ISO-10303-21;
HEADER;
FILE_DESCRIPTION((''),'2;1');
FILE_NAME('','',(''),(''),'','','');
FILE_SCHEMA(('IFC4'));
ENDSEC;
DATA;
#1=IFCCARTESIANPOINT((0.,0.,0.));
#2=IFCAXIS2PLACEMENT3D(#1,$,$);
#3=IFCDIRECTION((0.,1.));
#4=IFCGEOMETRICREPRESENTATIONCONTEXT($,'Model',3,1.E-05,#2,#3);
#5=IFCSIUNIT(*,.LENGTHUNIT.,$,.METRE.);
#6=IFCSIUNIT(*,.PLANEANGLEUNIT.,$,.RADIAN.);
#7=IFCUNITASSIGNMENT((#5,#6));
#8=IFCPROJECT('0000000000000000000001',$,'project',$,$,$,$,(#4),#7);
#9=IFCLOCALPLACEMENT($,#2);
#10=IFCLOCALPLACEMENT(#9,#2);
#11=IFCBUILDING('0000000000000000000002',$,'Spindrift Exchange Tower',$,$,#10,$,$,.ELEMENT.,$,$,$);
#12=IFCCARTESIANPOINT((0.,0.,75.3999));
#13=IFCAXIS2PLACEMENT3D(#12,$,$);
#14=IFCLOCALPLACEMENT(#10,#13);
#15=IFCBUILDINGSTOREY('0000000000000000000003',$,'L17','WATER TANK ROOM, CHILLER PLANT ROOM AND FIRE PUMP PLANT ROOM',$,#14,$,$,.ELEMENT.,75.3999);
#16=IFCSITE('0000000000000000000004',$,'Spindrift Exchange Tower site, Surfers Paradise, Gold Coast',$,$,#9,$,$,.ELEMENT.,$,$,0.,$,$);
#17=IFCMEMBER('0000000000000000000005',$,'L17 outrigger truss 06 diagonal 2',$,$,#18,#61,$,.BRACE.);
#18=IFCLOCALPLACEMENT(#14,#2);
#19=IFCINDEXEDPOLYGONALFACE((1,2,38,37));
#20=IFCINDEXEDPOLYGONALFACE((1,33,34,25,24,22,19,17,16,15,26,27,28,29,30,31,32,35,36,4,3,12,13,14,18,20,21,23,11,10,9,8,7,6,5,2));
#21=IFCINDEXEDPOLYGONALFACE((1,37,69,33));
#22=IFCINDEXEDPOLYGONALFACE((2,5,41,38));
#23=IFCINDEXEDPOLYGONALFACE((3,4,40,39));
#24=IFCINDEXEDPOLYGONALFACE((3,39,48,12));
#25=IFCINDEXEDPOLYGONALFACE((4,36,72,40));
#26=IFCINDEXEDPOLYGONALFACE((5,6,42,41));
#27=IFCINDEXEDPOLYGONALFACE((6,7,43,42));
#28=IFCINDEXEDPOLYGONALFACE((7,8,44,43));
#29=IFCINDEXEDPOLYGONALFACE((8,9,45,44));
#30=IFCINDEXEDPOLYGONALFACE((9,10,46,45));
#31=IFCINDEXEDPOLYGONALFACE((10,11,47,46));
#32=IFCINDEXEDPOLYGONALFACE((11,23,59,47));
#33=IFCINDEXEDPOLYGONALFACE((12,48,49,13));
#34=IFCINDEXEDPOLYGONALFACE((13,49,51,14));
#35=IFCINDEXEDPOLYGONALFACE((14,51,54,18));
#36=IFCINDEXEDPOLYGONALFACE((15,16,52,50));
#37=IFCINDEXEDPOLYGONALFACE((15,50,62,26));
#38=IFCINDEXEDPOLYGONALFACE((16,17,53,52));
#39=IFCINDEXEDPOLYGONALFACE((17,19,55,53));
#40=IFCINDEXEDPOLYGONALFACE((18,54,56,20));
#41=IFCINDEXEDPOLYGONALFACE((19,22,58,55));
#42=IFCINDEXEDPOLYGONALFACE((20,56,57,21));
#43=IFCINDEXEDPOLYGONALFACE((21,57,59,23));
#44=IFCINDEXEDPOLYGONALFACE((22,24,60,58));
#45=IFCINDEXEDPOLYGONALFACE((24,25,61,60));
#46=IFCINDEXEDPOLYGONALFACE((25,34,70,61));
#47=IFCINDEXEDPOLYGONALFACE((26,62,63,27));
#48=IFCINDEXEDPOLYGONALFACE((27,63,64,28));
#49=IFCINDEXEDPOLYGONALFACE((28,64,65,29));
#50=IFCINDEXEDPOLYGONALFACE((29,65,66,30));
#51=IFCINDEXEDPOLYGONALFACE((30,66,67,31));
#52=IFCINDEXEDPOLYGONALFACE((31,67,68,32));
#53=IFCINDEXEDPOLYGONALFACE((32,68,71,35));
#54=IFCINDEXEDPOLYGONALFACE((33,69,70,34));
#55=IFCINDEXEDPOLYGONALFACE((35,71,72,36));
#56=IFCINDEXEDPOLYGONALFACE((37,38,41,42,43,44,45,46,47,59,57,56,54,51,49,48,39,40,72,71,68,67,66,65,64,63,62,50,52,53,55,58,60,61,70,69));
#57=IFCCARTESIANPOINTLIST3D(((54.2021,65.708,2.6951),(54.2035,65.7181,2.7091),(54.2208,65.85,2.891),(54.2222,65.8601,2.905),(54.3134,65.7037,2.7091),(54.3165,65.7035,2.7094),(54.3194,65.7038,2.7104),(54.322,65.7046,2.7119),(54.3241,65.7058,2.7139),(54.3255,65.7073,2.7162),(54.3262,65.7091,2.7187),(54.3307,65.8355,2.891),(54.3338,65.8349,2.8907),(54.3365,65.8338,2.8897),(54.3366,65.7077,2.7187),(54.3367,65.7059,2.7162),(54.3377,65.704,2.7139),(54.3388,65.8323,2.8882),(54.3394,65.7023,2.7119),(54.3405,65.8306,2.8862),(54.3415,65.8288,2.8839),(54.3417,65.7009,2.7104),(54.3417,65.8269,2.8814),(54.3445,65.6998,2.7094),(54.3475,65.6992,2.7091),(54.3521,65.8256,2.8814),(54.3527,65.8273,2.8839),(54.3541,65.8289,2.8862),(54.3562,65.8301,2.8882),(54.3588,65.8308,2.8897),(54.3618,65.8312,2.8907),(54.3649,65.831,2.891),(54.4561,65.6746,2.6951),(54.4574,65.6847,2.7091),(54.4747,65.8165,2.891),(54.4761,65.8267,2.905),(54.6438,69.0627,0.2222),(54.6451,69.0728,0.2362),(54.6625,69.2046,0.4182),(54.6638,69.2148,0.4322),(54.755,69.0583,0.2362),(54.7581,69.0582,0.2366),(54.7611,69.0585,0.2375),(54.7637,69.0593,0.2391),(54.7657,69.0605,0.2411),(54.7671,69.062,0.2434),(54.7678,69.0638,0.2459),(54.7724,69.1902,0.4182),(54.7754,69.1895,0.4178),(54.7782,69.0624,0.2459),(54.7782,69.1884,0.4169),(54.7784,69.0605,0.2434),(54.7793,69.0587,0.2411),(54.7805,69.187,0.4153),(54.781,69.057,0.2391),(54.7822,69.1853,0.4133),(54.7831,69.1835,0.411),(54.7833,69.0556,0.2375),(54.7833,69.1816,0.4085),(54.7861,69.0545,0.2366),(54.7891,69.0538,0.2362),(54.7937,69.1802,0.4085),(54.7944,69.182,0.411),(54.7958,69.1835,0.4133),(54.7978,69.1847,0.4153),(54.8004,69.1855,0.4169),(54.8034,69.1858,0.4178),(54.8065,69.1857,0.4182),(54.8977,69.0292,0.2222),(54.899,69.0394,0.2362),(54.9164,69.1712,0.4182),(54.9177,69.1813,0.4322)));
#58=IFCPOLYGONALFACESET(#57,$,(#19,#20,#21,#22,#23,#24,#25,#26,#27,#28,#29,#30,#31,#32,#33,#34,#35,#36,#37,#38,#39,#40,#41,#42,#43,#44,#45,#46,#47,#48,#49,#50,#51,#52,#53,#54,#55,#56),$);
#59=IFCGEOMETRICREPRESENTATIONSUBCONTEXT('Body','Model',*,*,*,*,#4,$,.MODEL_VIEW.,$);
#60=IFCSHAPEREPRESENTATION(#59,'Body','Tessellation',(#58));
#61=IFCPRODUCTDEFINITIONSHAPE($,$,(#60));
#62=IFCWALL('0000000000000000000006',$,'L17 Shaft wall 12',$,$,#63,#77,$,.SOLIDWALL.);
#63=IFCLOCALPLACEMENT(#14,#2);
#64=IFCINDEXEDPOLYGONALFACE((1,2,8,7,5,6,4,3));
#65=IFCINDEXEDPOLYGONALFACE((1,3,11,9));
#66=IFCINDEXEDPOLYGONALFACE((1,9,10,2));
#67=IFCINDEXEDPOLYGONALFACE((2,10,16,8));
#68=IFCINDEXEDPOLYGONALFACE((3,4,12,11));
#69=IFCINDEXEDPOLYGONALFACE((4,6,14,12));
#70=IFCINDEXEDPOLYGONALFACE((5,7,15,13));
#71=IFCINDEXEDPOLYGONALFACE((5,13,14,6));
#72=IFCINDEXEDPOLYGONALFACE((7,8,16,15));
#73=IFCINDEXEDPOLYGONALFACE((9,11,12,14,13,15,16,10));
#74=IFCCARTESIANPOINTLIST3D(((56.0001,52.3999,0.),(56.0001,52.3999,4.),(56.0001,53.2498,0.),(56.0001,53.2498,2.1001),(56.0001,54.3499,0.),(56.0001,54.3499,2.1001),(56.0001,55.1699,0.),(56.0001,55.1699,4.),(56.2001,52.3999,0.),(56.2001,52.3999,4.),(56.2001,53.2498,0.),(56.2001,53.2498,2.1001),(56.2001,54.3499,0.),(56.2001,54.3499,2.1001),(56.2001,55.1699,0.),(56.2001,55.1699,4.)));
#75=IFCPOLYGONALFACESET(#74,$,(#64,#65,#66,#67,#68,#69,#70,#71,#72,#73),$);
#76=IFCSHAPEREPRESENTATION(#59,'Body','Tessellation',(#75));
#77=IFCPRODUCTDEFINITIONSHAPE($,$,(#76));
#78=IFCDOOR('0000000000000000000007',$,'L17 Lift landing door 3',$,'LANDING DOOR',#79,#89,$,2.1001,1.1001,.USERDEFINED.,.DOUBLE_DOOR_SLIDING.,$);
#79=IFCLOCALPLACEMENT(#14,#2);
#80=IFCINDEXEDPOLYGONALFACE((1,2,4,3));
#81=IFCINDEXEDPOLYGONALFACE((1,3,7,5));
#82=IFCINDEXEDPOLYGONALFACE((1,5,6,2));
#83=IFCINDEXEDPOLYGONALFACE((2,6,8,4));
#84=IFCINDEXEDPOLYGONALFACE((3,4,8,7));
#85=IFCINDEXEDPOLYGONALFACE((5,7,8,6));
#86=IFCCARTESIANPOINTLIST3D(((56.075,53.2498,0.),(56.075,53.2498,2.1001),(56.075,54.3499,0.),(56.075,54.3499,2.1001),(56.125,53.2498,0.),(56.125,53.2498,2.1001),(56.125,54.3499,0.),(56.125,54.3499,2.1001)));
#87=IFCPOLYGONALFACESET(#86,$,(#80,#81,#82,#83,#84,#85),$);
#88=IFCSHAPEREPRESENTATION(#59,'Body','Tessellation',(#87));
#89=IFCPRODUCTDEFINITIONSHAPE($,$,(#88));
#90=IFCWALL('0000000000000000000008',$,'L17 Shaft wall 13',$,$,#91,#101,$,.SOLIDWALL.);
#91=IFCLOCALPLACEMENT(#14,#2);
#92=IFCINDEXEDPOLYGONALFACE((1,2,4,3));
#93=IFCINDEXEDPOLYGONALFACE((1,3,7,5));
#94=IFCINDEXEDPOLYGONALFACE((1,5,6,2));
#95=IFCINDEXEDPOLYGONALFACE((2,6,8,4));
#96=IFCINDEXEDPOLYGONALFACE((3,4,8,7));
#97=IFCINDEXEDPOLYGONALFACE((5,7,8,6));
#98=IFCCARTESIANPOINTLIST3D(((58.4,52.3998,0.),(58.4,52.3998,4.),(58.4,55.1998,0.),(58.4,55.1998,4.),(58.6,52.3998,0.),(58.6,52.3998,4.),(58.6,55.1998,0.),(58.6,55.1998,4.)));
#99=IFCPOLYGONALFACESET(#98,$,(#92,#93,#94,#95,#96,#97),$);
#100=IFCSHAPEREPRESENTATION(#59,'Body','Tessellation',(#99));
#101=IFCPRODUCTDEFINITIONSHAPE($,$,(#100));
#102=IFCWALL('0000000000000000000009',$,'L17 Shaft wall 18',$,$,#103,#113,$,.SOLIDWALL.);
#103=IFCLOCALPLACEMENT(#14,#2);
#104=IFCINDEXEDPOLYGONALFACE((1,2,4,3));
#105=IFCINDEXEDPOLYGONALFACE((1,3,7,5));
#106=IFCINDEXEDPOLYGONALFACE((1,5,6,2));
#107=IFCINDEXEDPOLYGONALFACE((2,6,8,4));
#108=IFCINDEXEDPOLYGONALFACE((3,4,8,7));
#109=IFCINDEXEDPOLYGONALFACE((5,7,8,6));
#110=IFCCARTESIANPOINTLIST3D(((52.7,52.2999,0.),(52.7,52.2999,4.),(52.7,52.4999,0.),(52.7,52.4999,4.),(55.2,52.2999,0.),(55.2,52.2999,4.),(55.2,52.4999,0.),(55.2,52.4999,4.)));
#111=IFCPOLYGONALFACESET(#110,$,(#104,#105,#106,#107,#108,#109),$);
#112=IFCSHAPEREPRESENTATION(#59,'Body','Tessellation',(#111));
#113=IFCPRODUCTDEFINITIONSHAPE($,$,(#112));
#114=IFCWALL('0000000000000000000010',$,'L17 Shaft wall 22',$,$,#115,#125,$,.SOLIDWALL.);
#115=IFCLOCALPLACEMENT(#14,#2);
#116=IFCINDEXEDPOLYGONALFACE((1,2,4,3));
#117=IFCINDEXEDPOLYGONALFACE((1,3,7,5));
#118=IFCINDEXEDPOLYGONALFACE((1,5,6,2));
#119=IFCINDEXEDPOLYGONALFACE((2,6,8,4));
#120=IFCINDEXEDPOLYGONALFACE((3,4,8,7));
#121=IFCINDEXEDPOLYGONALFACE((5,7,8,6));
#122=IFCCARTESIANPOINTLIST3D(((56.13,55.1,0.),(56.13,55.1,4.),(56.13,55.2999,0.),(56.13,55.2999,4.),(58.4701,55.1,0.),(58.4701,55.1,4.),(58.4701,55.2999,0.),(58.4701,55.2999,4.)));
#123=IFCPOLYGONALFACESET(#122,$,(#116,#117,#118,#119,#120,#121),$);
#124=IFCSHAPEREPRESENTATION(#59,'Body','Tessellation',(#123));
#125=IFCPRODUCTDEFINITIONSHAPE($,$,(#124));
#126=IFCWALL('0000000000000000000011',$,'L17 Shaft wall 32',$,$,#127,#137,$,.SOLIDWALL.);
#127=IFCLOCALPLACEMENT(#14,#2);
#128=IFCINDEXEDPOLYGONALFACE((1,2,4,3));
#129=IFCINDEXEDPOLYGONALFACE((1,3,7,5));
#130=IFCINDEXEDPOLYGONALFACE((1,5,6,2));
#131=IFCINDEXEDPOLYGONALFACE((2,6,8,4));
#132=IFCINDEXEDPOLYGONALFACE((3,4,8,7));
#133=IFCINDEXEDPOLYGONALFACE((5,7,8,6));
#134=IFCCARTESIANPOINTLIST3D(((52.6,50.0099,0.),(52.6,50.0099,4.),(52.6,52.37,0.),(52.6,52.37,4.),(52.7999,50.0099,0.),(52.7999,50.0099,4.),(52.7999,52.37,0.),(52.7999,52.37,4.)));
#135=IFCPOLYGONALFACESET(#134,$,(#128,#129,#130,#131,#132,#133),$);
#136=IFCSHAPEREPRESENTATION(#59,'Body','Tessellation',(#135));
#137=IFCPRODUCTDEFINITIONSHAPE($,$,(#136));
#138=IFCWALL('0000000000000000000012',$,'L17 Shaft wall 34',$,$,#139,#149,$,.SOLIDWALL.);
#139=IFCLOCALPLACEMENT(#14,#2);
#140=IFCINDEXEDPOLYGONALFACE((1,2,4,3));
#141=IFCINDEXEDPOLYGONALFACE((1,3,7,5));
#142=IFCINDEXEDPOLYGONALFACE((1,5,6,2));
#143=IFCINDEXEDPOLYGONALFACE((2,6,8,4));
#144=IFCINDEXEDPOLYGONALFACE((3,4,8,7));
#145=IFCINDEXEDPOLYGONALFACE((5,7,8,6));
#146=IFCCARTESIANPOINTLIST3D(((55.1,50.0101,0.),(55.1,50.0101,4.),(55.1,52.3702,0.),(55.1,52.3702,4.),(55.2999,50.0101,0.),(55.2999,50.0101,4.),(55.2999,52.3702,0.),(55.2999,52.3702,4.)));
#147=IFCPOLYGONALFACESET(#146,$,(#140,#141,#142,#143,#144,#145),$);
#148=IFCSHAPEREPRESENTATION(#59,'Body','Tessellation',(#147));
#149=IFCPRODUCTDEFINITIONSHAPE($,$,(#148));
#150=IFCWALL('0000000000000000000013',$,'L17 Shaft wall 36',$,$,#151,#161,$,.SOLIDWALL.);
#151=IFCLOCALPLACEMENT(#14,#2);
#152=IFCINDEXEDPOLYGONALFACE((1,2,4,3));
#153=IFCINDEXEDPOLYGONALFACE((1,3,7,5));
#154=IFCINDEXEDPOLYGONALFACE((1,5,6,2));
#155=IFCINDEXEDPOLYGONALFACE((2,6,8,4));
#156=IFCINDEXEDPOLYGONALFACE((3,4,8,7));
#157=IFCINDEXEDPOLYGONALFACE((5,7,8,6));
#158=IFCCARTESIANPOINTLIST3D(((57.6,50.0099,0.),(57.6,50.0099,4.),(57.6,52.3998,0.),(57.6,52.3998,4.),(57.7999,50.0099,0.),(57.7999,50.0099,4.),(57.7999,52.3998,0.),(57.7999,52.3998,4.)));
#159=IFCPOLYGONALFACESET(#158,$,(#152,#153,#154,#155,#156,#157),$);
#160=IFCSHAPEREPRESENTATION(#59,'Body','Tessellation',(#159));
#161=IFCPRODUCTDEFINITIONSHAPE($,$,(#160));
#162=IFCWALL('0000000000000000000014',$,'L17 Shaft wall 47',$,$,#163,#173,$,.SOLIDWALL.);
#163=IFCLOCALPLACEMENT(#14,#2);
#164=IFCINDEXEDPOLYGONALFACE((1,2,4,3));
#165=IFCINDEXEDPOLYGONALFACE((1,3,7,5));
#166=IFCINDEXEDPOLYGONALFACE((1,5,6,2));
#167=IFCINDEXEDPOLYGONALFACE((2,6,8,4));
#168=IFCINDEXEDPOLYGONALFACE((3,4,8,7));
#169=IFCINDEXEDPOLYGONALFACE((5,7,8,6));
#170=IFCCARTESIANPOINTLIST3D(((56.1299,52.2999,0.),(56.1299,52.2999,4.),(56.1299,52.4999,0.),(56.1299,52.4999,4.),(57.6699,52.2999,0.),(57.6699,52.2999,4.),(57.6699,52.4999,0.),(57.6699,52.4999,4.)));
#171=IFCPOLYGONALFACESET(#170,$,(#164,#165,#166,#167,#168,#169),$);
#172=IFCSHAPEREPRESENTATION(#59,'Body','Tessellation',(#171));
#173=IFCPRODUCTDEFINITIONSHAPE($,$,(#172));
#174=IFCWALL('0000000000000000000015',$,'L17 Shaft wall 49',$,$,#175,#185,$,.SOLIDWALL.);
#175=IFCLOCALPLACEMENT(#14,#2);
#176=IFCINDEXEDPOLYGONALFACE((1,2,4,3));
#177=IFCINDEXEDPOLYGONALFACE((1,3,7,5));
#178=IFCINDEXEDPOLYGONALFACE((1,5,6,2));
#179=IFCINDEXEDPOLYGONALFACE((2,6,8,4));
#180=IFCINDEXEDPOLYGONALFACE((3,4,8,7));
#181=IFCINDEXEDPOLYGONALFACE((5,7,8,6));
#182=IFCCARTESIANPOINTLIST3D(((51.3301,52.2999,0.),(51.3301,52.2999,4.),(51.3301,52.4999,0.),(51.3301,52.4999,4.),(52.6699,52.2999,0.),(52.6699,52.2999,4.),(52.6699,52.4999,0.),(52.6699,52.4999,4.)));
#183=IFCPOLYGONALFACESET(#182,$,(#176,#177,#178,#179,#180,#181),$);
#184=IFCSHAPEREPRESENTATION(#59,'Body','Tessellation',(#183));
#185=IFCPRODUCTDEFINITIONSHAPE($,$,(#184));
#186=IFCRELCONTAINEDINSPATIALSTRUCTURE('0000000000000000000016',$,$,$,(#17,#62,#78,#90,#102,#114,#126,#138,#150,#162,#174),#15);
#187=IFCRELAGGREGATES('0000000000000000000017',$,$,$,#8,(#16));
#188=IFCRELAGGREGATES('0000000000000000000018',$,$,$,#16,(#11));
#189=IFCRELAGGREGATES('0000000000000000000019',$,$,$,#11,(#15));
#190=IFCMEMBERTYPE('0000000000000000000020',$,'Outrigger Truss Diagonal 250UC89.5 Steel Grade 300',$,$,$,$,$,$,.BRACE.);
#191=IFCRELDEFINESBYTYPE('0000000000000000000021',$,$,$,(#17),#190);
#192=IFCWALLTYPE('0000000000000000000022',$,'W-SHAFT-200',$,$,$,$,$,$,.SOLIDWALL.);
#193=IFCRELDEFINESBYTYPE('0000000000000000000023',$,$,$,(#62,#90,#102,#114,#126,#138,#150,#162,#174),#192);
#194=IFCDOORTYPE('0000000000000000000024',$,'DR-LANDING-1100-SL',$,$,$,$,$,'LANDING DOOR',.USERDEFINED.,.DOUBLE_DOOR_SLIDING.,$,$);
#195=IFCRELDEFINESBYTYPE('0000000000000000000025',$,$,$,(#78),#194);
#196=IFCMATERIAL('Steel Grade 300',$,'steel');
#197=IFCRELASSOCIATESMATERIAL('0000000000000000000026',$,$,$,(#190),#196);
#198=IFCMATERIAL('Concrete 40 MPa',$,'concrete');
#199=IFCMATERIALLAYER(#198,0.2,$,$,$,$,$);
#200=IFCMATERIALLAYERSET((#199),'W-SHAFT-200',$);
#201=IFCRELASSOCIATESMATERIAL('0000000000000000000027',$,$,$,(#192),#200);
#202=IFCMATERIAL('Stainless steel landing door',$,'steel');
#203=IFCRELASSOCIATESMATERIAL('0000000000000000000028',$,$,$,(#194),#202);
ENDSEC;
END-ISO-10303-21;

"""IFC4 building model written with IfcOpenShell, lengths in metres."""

from ifc_helpers import new_model, si_unit, direction, frame, frame_2d, origin, origin_2d, place, context, subcontext, project, spatial, rectangle, i_section, extrude, source, transform, mapped, material, layer, layer_set, material_profile, profile_set, type_object, element, fill, save


model = new_model("IFC4")

# Units and contexts
model_context = context("Model", 3, precision=1e-05, world=origin(), true_north=direction((0.0, 1.0)))
body_context = subcontext(model_context, "Body", "Model", "MODEL_VIEW")
ifc_project = project(units=[si_unit("LENGTHUNIT", "METRE"), si_unit("PLANEANGLEUNIT", "RADIAN")], contexts=[model_context])

# Site, building, storey
site_placement = place(None, origin())
site = spatial("IfcSite", under=ifc_project, at=site_placement, Name="Spindrift Exchange Tower site, Surfers Paradise, Gold Coast", CompositionType="ELEMENT", RefElevation=0.0)
building_placement = place(site_placement, origin())
building = spatial("IfcBuilding", under=site, at=building_placement, Name="Spindrift Exchange Tower", CompositionType="ELEMENT")
storey_placement = place(building_placement, frame((0.0, 0.0, 75.3999)))
storey = spatial("IfcBuildingStorey", under=building, at=storey_placement, Name="L17", Description="WATER TANK ROOM, CHILLER PLANT ROOM AND FIRE PUMP PLANT ROOM", CompositionType="ELEMENT", Elevation=75.3999)

# Shared definitions
ifc_material_1 = material(Name="Steel Grade 300", Category="steel")

# Shared definitions
ifc_material_profile_1 = material_profile(ifc_material_1, i_section(OverallWidth=0.2561, OverallDepth=0.26, WebThickness=0.0105, FlangeThickness=0.0173, FilletRadius=0.012, at=origin_2d()), Name="250UC89.5")
ifc_profile_set_1 = profile_set([ifc_material_profile_1], Name="Steel Grade 300")
member_type_1 = type_object("IfcMemberType", Name="Outrigger Truss Diagonal 250UC89.5 Steel Grade 300", PredefinedType="BRACE", material=ifc_profile_set_1)

# Member
shared_shape_1 = source(origin(), body_context, "Body", "SweptSolid", [
    extrude(i_section(OverallWidth=0.2561, OverallDepth=0.26, WebThickness=0.0105, FlangeThickness=0.0173, FilletRadius=0.012, at=origin_2d()), origin(), (0.0, 0.0, 1.0), 4.1909),
])
member_1_placement = place(storey_placement, frame((54.3391, 65.7673, 2.8), z_axis=(0.10538, 0.800461, -0.590049), x_axis=(-0.991445, 0.130524, 0.0)))
element("IfcMember", 1, at=member_1_placement, inside=storey, type_object=member_type_1, Name="L17 outrigger truss 06 diagonal 2", PredefinedType="BRACE", context=body_context, shape_type="MappedRepresentation", body=[
    mapped(shared_shape_1, transform((0.0, 0.0, 0.0), scale=1.0)),
])

# Wall, opening, door
ifc_material_2 = material(Name="Concrete 40 MPa", Category="concrete")
ifc_layer_1 = layer(ifc_material_2, 0.2)
ifc_layer_set_1 = layer_set([ifc_layer_1], Name="W-SHAFT-200")
wall_type_1 = type_object("IfcWallType", Name="W-SHAFT-200", PredefinedType="SOLIDWALL", material=ifc_layer_set_1)
wall_1_placement = place(storey_placement, frame((56.1001, 55.1699, 0.0), z_axis=(0.0, 0.0, 1.0), x_axis=(0.0, -1.0, 0.0)))
wall_1 = element("IfcWall", 2, at=wall_1_placement, inside=storey, type_object=wall_type_1, Name="L17 Shaft wall 12", PredefinedType="SOLIDWALL", context=body_context, shape_type="SweptSolid", body=[
    extrude(rectangle(XDim=2.77, YDim=0.2, at=frame_2d((1.385, 0.0))), origin(), (0.0, 0.0, 1.0), 4.0),
])
opening_1_placement = place(wall_1_placement, frame((0.8201, 0.0, 0.0)))
opening_1 = element("IfcOpeningElement", 3, at=opening_1_placement, cuts=wall_1, PredefinedType="OPENING", context=body_context, shape_type="SweptSolid", body=[
    extrude(rectangle(XDim=1.1001, YDim=2.1001, at=frame_2d((0.55, 1.05))), frame((0.0, 0.1099, 0.0), z_axis=(0.0, -1.0, 0.0), x_axis=(1.0, 0.0, 0.0)), (0.0, 0.0, 1.0), 0.22),
])
ifc_material_3 = material(Name="Stainless steel landing door", Category="steel")
door_type_1 = type_object("IfcDoorType", Name="DR-LANDING-1100-SL", ElementType="LANDING DOOR", OperationType="DOUBLE_DOOR_SLIDING", PredefinedType="USERDEFINED", material=ifc_material_3)
shared_shape_2 = source(origin(), body_context, "Body", "SweptSolid", [
    extrude(rectangle(XDim=1.1001, YDim=2.1001, at=frame_2d((0.55, 1.05))), frame((0.0, 0.0249, 0.0), z_axis=(0.0, -1.0, 0.0), x_axis=(1.0, 0.0, 0.0)), (0.0, 0.0, 1.0), 0.05),
])
door_1_placement = place(opening_1_placement, origin())
door_1 = element("IfcDoor", 4, at=door_1_placement, inside=storey, type_object=door_type_1, Name="L17 Lift landing door 3", ObjectType="LANDING DOOR", OperationType="DOUBLE_DOOR_SLIDING", OverallHeight=2.1001, OverallWidth=1.1001, PredefinedType="USERDEFINED", context=body_context, shape_type="MappedRepresentation", body=[
    mapped(shared_shape_2, transform((0.0, 0.0, 0.0), scale=1.0)),
])
fill(opening_1, door_1)

# Walls
wall_2_placement = place(storey_placement, frame((58.5, 52.3999, 0.0), z_axis=(0.0, 0.0, 1.0), x_axis=(0.0, 1.0, 0.0)))
element("IfcWall", 5, at=wall_2_placement, inside=storey, type_object=wall_type_1, Name="L17 Shaft wall 13", PredefinedType="SOLIDWALL", context=body_context, shape_type="SweptSolid", body=[
    extrude(rectangle(XDim=2.8, YDim=0.2, at=frame_2d((1.3999, 0.0))), origin(), (0.0, 0.0, 1.0), 4.0),
])
wall_3_placement = place(storey_placement, frame((55.2, 52.3999, 0.0), z_axis=(0.0, 0.0, 1.0), x_axis=(-1.0, 0.0, 0.0)))
element("IfcWall", 6, at=wall_3_placement, inside=storey, type_object=wall_type_1, Name="L17 Shaft wall 18", PredefinedType="SOLIDWALL", context=body_context, shape_type="SweptSolid", body=[
    extrude(rectangle(XDim=2.5, YDim=0.2, at=frame_2d((1.25, 0.0))), origin(), (0.0, 0.0, 1.0), 4.0),
])
wall_4_placement = place(storey_placement, frame((58.47, 55.2, 0.0), z_axis=(0.0, 0.0, 1.0), x_axis=(-1.0, 0.0, 0.0)))
element("IfcWall", 7, at=wall_4_placement, inside=storey, type_object=wall_type_1, Name="L17 Shaft wall 22", PredefinedType="SOLIDWALL", context=body_context, shape_type="SweptSolid", body=[
    extrude(rectangle(XDim=2.3401, YDim=0.2, at=frame_2d((1.1699, 0.0))), origin(), (0.0, 0.0, 1.0), 4.0),
])
for number, where, z_axis, x_axis, name in (
    (8, (52.7, 52.3701, 0.0), (0.0, 0.0, 1.0), (0.0, -1.0, 0.0), "L17 Shaft wall 32"),
    (9, (55.2, 50.01, 0.0), (0.0, 0.0, 1.0), (0.0, 1.0, 0.0), "L17 Shaft wall 34"),
):
    element("IfcWall", number, at=place(storey_placement, frame(where, z_axis=z_axis, x_axis=x_axis)), inside=storey, type_object=wall_type_1, Name=name, PredefinedType="SOLIDWALL", context=body_context, shape_type="SweptSolid", body=[
        extrude(rectangle(XDim=2.3601, YDim=0.2, at=frame_2d((1.1802, 0.0))), origin(), (0.0, 0.0, 1.0), 4.0),
    ])
wall_5_placement = place(storey_placement, frame((57.7, 50.01, 0.0), z_axis=(0.0, 0.0, 1.0), x_axis=(0.0, 1.0, 0.0)))
element("IfcWall", 10, at=wall_5_placement, inside=storey, type_object=wall_type_1, Name="L17 Shaft wall 36", PredefinedType="SOLIDWALL", context=body_context, shape_type="SweptSolid", body=[
    extrude(rectangle(XDim=2.3899, YDim=0.2, at=frame_2d((1.1948, 0.0))), origin(), (0.0, 0.0, 1.0), 4.0),
])
wall_6_placement = place(storey_placement, frame((57.6699, 52.3999, 0.0), z_axis=(0.0, 0.0, 1.0), x_axis=(-1.0, 0.0, 0.0)))
element("IfcWall", 11, at=wall_6_placement, inside=storey, type_object=wall_type_1, Name="L17 Shaft wall 47", PredefinedType="SOLIDWALL", context=body_context, shape_type="SweptSolid", body=[
    extrude(rectangle(XDim=1.54, YDim=0.2, at=frame_2d((0.77, 0.0))), origin(), (0.0, 0.0, 1.0), 4.0),
])
wall_7_placement = place(storey_placement, frame((51.3301, 52.3999, 0.0), z_axis=(0.0, 0.0, 1.0), x_axis=(1.0, 0.0, 0.0)))
element("IfcWall", 12, at=wall_7_placement, inside=storey, type_object=wall_type_1, Name="L17 Shaft wall 49", PredefinedType="SOLIDWALL", context=body_context, shape_type="SweptSolid", body=[
    extrude(rectangle(XDim=1.3398, YDim=0.2, at=frame_2d((0.6699, 0.0))), origin(), (0.0, 0.0, 1.0), 4.0),
])

save(model, "model.ifc")
